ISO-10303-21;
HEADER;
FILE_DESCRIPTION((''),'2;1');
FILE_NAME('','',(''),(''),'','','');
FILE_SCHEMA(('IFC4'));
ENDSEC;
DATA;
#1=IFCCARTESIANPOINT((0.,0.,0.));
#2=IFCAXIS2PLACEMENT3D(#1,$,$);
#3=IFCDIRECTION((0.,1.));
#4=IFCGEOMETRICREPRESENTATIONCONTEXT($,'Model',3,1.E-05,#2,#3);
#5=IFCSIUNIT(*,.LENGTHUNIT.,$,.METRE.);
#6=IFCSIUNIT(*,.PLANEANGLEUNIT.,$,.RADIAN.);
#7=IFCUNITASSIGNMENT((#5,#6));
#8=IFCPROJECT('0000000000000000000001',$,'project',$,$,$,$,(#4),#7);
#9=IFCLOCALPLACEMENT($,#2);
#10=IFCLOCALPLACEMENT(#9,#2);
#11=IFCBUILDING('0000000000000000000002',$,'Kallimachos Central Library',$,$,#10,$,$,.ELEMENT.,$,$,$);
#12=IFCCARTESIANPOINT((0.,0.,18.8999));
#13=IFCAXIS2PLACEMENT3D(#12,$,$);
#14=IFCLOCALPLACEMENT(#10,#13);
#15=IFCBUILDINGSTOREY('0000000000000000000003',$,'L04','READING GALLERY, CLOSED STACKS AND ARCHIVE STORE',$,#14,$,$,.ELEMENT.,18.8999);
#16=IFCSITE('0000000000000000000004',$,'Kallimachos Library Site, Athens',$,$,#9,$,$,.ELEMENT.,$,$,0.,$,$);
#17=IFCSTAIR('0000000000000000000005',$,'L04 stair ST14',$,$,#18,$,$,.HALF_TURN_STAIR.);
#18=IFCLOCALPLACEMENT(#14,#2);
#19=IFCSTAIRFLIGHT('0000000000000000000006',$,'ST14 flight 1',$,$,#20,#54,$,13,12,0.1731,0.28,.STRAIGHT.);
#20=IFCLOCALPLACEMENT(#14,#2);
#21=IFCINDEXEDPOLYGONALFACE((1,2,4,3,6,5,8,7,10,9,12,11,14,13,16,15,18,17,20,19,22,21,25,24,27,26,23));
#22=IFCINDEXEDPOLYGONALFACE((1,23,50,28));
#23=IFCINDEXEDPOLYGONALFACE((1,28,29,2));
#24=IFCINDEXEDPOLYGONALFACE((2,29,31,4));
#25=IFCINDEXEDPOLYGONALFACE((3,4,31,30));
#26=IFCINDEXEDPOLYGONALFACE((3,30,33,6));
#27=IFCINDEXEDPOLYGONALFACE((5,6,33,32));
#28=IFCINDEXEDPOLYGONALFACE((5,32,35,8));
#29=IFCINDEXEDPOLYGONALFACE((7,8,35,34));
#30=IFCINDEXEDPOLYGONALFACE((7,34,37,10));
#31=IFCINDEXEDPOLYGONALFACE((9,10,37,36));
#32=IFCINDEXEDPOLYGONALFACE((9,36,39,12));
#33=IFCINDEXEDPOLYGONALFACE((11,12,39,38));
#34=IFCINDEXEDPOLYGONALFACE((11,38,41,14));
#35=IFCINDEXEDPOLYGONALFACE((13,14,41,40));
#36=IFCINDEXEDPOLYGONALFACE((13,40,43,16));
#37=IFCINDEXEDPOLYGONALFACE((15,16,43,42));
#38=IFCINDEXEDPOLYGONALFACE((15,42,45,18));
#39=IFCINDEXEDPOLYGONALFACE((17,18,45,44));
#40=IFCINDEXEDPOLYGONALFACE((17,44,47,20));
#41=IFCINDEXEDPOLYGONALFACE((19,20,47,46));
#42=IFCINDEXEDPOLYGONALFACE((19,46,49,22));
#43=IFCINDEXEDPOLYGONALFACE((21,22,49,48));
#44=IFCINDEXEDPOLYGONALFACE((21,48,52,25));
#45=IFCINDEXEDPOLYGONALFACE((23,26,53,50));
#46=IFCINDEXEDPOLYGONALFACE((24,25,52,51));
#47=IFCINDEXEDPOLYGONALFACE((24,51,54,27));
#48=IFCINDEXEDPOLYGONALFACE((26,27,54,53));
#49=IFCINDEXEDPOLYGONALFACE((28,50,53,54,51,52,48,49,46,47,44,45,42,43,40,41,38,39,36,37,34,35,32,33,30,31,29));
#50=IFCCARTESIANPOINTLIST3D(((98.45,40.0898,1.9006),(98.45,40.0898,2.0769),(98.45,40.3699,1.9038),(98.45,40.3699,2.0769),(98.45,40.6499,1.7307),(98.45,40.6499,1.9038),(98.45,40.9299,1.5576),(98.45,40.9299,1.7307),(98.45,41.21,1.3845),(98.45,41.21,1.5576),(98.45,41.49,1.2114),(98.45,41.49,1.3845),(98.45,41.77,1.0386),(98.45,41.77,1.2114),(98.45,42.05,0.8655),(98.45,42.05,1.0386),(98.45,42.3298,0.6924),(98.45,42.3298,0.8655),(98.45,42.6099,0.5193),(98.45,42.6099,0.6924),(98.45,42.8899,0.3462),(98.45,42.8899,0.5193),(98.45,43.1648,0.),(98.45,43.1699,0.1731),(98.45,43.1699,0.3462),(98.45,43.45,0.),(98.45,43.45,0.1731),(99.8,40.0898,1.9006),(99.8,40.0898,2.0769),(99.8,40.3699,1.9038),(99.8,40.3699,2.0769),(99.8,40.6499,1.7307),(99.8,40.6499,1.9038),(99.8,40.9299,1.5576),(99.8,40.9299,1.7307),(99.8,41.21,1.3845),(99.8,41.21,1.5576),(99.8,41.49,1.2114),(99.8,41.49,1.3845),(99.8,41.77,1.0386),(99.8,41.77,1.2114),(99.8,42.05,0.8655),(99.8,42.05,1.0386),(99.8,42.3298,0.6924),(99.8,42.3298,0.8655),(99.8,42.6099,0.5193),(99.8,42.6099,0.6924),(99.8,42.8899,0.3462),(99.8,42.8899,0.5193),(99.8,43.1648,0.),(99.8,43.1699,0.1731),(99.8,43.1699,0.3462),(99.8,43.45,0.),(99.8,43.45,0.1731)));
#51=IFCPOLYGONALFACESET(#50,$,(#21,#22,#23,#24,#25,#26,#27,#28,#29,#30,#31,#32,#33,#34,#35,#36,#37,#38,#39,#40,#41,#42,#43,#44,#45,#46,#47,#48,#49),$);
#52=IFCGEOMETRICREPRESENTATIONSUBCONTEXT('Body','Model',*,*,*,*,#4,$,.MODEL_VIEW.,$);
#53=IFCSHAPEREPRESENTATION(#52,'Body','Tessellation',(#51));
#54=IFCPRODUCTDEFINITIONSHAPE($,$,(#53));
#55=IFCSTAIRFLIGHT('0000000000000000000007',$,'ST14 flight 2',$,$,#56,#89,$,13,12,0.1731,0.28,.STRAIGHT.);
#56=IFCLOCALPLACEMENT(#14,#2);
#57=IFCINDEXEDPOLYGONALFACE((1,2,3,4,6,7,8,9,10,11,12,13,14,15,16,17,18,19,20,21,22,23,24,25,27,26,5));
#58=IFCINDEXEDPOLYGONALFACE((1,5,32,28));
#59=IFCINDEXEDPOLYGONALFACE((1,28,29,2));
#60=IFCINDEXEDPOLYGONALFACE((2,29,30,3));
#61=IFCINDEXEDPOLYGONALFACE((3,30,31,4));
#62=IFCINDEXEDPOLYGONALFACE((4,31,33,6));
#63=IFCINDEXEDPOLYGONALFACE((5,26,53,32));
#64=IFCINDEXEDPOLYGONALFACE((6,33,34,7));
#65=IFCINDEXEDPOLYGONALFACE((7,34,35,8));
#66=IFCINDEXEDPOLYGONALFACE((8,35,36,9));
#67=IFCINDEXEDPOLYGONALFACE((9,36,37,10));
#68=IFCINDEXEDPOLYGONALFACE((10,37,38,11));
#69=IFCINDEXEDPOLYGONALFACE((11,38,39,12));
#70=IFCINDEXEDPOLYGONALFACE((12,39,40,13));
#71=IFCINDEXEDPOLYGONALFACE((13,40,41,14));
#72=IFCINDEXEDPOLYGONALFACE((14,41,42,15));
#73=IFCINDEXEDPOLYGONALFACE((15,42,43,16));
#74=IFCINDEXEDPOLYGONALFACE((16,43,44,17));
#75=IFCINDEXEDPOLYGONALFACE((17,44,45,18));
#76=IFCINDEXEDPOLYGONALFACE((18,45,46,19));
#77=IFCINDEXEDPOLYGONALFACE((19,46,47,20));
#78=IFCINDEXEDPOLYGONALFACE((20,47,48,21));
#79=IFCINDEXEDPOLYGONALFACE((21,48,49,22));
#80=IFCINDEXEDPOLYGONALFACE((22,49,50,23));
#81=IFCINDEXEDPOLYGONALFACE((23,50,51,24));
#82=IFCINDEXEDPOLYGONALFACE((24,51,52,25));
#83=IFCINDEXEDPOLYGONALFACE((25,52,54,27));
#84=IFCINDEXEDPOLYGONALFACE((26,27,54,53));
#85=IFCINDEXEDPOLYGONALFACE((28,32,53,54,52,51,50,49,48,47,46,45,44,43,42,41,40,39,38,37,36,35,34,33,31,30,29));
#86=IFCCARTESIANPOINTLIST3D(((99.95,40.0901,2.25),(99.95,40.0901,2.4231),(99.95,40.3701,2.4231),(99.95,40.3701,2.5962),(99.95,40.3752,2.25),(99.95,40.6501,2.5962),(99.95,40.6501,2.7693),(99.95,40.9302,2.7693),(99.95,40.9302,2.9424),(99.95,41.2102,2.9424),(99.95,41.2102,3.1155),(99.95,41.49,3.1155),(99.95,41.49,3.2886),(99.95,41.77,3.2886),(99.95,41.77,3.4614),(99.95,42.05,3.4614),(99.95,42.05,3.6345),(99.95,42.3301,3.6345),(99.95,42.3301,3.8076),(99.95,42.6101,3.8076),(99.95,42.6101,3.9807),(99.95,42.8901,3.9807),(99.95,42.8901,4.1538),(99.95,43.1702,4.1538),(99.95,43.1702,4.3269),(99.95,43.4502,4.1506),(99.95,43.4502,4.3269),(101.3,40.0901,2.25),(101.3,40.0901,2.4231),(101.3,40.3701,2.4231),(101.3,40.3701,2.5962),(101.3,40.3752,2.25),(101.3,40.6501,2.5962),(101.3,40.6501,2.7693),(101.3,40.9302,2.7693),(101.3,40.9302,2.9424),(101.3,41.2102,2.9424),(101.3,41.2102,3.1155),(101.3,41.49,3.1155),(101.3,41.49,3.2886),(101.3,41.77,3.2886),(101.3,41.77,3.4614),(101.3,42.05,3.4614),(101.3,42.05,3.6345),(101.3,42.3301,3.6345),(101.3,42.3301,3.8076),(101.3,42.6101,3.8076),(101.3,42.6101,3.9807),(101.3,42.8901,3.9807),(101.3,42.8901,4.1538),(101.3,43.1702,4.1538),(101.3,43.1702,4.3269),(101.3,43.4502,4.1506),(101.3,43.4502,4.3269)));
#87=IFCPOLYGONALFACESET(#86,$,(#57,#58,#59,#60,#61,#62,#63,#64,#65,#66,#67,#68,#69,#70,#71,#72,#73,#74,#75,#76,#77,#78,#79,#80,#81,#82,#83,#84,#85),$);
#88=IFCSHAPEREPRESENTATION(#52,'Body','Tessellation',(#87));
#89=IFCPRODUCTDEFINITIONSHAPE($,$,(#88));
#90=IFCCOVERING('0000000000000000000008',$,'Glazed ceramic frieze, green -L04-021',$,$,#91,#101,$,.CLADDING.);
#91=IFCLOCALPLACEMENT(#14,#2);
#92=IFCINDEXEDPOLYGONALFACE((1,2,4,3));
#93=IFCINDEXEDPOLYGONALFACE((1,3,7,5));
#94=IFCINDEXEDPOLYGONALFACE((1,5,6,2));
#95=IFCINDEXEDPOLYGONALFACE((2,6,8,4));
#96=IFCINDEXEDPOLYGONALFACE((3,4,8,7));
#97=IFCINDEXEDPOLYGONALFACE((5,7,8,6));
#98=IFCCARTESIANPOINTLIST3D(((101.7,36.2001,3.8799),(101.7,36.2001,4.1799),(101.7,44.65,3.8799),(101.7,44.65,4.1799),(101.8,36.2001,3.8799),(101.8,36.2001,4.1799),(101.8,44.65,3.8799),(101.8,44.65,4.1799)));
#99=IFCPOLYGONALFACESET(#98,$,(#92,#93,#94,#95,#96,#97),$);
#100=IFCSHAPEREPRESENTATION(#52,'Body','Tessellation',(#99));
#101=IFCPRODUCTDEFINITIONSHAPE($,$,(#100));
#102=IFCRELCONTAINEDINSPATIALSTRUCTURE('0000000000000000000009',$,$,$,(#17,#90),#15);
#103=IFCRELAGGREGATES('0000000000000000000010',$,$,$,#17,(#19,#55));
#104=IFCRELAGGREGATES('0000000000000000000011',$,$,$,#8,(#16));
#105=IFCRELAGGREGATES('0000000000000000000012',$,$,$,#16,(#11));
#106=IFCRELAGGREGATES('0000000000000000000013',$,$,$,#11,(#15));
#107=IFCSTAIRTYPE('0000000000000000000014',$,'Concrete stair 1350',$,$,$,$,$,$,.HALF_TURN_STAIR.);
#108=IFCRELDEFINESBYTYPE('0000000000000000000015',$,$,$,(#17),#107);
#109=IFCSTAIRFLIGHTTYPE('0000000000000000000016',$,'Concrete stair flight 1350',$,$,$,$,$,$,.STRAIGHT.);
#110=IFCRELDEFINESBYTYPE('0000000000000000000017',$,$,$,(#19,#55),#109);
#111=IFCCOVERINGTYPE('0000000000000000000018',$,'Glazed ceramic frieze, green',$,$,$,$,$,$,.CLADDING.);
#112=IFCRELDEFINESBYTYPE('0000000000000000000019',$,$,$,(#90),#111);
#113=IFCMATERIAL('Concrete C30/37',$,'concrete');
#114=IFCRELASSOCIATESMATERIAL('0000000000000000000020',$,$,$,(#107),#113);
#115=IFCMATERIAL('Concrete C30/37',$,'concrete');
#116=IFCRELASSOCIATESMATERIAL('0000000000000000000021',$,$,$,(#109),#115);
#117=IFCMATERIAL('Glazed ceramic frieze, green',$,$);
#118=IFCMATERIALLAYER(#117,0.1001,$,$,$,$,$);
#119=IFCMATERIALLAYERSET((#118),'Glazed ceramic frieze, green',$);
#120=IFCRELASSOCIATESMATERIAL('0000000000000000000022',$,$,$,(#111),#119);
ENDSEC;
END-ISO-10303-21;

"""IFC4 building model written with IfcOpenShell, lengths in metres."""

from ifc_helpers import new_model, si_unit, direction, frame, origin, origin_2d, place, context, subcontext, project, spatial, polyline, rectangle, outline, extrude, material, layer, layer_set, type_object, element, aggregate, save


model = new_model("IFC4")

# Units and contexts
model_context = context("Model", 3, precision=1e-05, world=origin(), true_north=direction((0.0, 1.0)))
body_context = subcontext(model_context, "Body", "Model", "MODEL_VIEW")
ifc_project = project(units=[si_unit("LENGTHUNIT", "METRE"), si_unit("PLANEANGLEUNIT", "RADIAN")], contexts=[model_context])

# Site, building, storey
site_placement = place(None, origin())
site = spatial("IfcSite", under=ifc_project, at=site_placement, Name="Kallimachos Library Site, Athens", CompositionType="ELEMENT", RefElevation=0.0)
building_placement = place(site_placement, origin())
building = spatial("IfcBuilding", under=site, at=building_placement, Name="Kallimachos Central Library", CompositionType="ELEMENT")
storey_placement = place(building_placement, frame((0.0, 0.0, 18.8999)))
storey = spatial("IfcBuildingStorey", under=building, at=storey_placement, Name="L04", Description="READING GALLERY, CLOSED STACKS AND ARCHIVE STORE", CompositionType="ELEMENT", Elevation=18.8999)

# Stair, stair flights
ifc_material_1 = material(Name="Concrete C30/37", Category="concrete")
stair_type = type_object("IfcStairType", Name="Concrete stair 1350", PredefinedType="HALF_TURN_STAIR", material=ifc_material_1)
stair_placement = place(storey_placement, origin())
stair = element("IfcStair", 1, at=stair_placement, inside=storey, type_object=stair_type, Name="L04 stair ST14", PredefinedType="HALF_TURN_STAIR")
ifc_material_2 = material(Name="Concrete C30/37", Category="concrete")
stair_flight_type = type_object("IfcStairFlightType", Name="Concrete stair flight 1350", PredefinedType="STRAIGHT", material=ifc_material_2)
stair_flight_1_placement = place(storey_placement, frame((99.125, 43.45, 0.0), z_axis=(0.0, 0.0, 1.0), x_axis=(0.0, -1.0, 0.0)))
stair_flight_1 = element("IfcStairFlight", 2, at=stair_flight_1_placement, type_object=stair_flight_type, Name="ST14 flight 1", NumberOfRisers=13, NumberOfTreads=12, PredefinedType="STRAIGHT", RiserHeight=0.1731, TreadLength=0.28, context=body_context, shape_type="SweptSolid", body=[
    extrude(outline(polyline([(0.0, 0.0), (0.0, 0.1731), (0.28, 0.1731), (0.28, 0.3462), (0.5601, 0.3462), (0.5601, 0.5193), (0.8401, 0.5193), (0.8401, 0.6924), (1.1201, 0.6924), (1.1201, 0.8655), (1.3999, 0.8655), (1.3999, 1.0386), (1.6799, 1.0386), (1.6799, 1.2114), (1.96, 1.2114), (1.96, 1.3845), (2.24, 1.3845), (2.24, 1.5576), (2.52, 1.5576), (2.52, 1.7307), (2.8, 1.7307), (2.8, 1.9038), (3.0801, 1.9038), (3.0801, 2.0769), (3.3601, 2.0769), (3.3601, 2.25), (3.3601, 1.9006), (0.2852, 0.0), (0.0, 0.0)])), frame((0.0, 0.675, 0.0), z_axis=(0.0, -1.0, 0.0), x_axis=(1.0, 0.0, 0.0)), (0.0, 0.0, 1.0), 1.3501),
])
stair_flight_2_placement = place(storey_placement, frame((100.625, 40.0901, 2.25), z_axis=(0.0, 0.0, 1.0), x_axis=(0.0, 1.0, 0.0)))
stair_flight_2 = element("IfcStairFlight", 3, at=stair_flight_2_placement, type_object=stair_flight_type, Name="ST14 flight 2", NumberOfRisers=13, NumberOfTreads=12, PredefinedType="STRAIGHT", RiserHeight=0.1731, TreadLength=0.28, context=body_context, shape_type="SweptSolid", body=[
    extrude(outline(polyline([(0.0, 0.0), (0.0, 0.1731), (0.28, 0.1731), (0.28, 0.3462), (0.5601, 0.3462), (0.5601, 0.5193), (0.8401, 0.5193), (0.8401, 0.6924), (1.1201, 0.6924), (1.1201, 0.8655), (1.3999, 0.8655), (1.3999, 1.0386), (1.6799, 1.0386), (1.6799, 1.2114), (1.96, 1.2114), (1.96, 1.3845), (2.24, 1.3845), (2.24, 1.5576), (2.52, 1.5576), (2.52, 1.7307), (2.8, 1.7307), (2.8, 1.9038), (3.0801, 1.9038), (3.0801, 2.0769), (3.3601, 2.0769), (3.3601, 2.25), (3.3601, 1.9006), (0.2852, 0.0), (0.0, 0.0)])), frame((0.0, 0.675, 0.0), z_axis=(0.0, -1.0, 0.0), x_axis=(1.0, 0.0, 0.0)), (0.0, 0.0, 1.0), 1.3501),
])
aggregate(stair, [stair_flight_1, stair_flight_2])

# Covering
ifc_material_3 = material(Name="Glazed ceramic frieze, green")
ifc_layer_1 = layer(ifc_material_3, 0.1001)
ifc_layer_set_1 = layer_set([ifc_layer_1], Name="Glazed ceramic frieze, green")
covering_type_1 = type_object("IfcCoveringType", Name="Glazed ceramic frieze, green", PredefinedType="CLADDING", material=ifc_layer_set_1)
covering_1_placement = place(storey_placement, frame((101.75, 40.425, 3.8799), z_axis=(0.0, 0.0, 1.0), x_axis=(1.0, 0.0, 0.0)))
element("IfcCovering", 4, at=covering_1_placement, inside=storey, type_object=covering_type_1, Name="Glazed ceramic frieze, green -L04-021", PredefinedType="CLADDING", context=body_context, shape_type="SweptSolid", body=[
    extrude(rectangle(XDim=0.1001, YDim=8.45, at=origin_2d()), origin(), (0.0, 0.0, 1.0), 0.3),
])

save(model, "model.ifc")
